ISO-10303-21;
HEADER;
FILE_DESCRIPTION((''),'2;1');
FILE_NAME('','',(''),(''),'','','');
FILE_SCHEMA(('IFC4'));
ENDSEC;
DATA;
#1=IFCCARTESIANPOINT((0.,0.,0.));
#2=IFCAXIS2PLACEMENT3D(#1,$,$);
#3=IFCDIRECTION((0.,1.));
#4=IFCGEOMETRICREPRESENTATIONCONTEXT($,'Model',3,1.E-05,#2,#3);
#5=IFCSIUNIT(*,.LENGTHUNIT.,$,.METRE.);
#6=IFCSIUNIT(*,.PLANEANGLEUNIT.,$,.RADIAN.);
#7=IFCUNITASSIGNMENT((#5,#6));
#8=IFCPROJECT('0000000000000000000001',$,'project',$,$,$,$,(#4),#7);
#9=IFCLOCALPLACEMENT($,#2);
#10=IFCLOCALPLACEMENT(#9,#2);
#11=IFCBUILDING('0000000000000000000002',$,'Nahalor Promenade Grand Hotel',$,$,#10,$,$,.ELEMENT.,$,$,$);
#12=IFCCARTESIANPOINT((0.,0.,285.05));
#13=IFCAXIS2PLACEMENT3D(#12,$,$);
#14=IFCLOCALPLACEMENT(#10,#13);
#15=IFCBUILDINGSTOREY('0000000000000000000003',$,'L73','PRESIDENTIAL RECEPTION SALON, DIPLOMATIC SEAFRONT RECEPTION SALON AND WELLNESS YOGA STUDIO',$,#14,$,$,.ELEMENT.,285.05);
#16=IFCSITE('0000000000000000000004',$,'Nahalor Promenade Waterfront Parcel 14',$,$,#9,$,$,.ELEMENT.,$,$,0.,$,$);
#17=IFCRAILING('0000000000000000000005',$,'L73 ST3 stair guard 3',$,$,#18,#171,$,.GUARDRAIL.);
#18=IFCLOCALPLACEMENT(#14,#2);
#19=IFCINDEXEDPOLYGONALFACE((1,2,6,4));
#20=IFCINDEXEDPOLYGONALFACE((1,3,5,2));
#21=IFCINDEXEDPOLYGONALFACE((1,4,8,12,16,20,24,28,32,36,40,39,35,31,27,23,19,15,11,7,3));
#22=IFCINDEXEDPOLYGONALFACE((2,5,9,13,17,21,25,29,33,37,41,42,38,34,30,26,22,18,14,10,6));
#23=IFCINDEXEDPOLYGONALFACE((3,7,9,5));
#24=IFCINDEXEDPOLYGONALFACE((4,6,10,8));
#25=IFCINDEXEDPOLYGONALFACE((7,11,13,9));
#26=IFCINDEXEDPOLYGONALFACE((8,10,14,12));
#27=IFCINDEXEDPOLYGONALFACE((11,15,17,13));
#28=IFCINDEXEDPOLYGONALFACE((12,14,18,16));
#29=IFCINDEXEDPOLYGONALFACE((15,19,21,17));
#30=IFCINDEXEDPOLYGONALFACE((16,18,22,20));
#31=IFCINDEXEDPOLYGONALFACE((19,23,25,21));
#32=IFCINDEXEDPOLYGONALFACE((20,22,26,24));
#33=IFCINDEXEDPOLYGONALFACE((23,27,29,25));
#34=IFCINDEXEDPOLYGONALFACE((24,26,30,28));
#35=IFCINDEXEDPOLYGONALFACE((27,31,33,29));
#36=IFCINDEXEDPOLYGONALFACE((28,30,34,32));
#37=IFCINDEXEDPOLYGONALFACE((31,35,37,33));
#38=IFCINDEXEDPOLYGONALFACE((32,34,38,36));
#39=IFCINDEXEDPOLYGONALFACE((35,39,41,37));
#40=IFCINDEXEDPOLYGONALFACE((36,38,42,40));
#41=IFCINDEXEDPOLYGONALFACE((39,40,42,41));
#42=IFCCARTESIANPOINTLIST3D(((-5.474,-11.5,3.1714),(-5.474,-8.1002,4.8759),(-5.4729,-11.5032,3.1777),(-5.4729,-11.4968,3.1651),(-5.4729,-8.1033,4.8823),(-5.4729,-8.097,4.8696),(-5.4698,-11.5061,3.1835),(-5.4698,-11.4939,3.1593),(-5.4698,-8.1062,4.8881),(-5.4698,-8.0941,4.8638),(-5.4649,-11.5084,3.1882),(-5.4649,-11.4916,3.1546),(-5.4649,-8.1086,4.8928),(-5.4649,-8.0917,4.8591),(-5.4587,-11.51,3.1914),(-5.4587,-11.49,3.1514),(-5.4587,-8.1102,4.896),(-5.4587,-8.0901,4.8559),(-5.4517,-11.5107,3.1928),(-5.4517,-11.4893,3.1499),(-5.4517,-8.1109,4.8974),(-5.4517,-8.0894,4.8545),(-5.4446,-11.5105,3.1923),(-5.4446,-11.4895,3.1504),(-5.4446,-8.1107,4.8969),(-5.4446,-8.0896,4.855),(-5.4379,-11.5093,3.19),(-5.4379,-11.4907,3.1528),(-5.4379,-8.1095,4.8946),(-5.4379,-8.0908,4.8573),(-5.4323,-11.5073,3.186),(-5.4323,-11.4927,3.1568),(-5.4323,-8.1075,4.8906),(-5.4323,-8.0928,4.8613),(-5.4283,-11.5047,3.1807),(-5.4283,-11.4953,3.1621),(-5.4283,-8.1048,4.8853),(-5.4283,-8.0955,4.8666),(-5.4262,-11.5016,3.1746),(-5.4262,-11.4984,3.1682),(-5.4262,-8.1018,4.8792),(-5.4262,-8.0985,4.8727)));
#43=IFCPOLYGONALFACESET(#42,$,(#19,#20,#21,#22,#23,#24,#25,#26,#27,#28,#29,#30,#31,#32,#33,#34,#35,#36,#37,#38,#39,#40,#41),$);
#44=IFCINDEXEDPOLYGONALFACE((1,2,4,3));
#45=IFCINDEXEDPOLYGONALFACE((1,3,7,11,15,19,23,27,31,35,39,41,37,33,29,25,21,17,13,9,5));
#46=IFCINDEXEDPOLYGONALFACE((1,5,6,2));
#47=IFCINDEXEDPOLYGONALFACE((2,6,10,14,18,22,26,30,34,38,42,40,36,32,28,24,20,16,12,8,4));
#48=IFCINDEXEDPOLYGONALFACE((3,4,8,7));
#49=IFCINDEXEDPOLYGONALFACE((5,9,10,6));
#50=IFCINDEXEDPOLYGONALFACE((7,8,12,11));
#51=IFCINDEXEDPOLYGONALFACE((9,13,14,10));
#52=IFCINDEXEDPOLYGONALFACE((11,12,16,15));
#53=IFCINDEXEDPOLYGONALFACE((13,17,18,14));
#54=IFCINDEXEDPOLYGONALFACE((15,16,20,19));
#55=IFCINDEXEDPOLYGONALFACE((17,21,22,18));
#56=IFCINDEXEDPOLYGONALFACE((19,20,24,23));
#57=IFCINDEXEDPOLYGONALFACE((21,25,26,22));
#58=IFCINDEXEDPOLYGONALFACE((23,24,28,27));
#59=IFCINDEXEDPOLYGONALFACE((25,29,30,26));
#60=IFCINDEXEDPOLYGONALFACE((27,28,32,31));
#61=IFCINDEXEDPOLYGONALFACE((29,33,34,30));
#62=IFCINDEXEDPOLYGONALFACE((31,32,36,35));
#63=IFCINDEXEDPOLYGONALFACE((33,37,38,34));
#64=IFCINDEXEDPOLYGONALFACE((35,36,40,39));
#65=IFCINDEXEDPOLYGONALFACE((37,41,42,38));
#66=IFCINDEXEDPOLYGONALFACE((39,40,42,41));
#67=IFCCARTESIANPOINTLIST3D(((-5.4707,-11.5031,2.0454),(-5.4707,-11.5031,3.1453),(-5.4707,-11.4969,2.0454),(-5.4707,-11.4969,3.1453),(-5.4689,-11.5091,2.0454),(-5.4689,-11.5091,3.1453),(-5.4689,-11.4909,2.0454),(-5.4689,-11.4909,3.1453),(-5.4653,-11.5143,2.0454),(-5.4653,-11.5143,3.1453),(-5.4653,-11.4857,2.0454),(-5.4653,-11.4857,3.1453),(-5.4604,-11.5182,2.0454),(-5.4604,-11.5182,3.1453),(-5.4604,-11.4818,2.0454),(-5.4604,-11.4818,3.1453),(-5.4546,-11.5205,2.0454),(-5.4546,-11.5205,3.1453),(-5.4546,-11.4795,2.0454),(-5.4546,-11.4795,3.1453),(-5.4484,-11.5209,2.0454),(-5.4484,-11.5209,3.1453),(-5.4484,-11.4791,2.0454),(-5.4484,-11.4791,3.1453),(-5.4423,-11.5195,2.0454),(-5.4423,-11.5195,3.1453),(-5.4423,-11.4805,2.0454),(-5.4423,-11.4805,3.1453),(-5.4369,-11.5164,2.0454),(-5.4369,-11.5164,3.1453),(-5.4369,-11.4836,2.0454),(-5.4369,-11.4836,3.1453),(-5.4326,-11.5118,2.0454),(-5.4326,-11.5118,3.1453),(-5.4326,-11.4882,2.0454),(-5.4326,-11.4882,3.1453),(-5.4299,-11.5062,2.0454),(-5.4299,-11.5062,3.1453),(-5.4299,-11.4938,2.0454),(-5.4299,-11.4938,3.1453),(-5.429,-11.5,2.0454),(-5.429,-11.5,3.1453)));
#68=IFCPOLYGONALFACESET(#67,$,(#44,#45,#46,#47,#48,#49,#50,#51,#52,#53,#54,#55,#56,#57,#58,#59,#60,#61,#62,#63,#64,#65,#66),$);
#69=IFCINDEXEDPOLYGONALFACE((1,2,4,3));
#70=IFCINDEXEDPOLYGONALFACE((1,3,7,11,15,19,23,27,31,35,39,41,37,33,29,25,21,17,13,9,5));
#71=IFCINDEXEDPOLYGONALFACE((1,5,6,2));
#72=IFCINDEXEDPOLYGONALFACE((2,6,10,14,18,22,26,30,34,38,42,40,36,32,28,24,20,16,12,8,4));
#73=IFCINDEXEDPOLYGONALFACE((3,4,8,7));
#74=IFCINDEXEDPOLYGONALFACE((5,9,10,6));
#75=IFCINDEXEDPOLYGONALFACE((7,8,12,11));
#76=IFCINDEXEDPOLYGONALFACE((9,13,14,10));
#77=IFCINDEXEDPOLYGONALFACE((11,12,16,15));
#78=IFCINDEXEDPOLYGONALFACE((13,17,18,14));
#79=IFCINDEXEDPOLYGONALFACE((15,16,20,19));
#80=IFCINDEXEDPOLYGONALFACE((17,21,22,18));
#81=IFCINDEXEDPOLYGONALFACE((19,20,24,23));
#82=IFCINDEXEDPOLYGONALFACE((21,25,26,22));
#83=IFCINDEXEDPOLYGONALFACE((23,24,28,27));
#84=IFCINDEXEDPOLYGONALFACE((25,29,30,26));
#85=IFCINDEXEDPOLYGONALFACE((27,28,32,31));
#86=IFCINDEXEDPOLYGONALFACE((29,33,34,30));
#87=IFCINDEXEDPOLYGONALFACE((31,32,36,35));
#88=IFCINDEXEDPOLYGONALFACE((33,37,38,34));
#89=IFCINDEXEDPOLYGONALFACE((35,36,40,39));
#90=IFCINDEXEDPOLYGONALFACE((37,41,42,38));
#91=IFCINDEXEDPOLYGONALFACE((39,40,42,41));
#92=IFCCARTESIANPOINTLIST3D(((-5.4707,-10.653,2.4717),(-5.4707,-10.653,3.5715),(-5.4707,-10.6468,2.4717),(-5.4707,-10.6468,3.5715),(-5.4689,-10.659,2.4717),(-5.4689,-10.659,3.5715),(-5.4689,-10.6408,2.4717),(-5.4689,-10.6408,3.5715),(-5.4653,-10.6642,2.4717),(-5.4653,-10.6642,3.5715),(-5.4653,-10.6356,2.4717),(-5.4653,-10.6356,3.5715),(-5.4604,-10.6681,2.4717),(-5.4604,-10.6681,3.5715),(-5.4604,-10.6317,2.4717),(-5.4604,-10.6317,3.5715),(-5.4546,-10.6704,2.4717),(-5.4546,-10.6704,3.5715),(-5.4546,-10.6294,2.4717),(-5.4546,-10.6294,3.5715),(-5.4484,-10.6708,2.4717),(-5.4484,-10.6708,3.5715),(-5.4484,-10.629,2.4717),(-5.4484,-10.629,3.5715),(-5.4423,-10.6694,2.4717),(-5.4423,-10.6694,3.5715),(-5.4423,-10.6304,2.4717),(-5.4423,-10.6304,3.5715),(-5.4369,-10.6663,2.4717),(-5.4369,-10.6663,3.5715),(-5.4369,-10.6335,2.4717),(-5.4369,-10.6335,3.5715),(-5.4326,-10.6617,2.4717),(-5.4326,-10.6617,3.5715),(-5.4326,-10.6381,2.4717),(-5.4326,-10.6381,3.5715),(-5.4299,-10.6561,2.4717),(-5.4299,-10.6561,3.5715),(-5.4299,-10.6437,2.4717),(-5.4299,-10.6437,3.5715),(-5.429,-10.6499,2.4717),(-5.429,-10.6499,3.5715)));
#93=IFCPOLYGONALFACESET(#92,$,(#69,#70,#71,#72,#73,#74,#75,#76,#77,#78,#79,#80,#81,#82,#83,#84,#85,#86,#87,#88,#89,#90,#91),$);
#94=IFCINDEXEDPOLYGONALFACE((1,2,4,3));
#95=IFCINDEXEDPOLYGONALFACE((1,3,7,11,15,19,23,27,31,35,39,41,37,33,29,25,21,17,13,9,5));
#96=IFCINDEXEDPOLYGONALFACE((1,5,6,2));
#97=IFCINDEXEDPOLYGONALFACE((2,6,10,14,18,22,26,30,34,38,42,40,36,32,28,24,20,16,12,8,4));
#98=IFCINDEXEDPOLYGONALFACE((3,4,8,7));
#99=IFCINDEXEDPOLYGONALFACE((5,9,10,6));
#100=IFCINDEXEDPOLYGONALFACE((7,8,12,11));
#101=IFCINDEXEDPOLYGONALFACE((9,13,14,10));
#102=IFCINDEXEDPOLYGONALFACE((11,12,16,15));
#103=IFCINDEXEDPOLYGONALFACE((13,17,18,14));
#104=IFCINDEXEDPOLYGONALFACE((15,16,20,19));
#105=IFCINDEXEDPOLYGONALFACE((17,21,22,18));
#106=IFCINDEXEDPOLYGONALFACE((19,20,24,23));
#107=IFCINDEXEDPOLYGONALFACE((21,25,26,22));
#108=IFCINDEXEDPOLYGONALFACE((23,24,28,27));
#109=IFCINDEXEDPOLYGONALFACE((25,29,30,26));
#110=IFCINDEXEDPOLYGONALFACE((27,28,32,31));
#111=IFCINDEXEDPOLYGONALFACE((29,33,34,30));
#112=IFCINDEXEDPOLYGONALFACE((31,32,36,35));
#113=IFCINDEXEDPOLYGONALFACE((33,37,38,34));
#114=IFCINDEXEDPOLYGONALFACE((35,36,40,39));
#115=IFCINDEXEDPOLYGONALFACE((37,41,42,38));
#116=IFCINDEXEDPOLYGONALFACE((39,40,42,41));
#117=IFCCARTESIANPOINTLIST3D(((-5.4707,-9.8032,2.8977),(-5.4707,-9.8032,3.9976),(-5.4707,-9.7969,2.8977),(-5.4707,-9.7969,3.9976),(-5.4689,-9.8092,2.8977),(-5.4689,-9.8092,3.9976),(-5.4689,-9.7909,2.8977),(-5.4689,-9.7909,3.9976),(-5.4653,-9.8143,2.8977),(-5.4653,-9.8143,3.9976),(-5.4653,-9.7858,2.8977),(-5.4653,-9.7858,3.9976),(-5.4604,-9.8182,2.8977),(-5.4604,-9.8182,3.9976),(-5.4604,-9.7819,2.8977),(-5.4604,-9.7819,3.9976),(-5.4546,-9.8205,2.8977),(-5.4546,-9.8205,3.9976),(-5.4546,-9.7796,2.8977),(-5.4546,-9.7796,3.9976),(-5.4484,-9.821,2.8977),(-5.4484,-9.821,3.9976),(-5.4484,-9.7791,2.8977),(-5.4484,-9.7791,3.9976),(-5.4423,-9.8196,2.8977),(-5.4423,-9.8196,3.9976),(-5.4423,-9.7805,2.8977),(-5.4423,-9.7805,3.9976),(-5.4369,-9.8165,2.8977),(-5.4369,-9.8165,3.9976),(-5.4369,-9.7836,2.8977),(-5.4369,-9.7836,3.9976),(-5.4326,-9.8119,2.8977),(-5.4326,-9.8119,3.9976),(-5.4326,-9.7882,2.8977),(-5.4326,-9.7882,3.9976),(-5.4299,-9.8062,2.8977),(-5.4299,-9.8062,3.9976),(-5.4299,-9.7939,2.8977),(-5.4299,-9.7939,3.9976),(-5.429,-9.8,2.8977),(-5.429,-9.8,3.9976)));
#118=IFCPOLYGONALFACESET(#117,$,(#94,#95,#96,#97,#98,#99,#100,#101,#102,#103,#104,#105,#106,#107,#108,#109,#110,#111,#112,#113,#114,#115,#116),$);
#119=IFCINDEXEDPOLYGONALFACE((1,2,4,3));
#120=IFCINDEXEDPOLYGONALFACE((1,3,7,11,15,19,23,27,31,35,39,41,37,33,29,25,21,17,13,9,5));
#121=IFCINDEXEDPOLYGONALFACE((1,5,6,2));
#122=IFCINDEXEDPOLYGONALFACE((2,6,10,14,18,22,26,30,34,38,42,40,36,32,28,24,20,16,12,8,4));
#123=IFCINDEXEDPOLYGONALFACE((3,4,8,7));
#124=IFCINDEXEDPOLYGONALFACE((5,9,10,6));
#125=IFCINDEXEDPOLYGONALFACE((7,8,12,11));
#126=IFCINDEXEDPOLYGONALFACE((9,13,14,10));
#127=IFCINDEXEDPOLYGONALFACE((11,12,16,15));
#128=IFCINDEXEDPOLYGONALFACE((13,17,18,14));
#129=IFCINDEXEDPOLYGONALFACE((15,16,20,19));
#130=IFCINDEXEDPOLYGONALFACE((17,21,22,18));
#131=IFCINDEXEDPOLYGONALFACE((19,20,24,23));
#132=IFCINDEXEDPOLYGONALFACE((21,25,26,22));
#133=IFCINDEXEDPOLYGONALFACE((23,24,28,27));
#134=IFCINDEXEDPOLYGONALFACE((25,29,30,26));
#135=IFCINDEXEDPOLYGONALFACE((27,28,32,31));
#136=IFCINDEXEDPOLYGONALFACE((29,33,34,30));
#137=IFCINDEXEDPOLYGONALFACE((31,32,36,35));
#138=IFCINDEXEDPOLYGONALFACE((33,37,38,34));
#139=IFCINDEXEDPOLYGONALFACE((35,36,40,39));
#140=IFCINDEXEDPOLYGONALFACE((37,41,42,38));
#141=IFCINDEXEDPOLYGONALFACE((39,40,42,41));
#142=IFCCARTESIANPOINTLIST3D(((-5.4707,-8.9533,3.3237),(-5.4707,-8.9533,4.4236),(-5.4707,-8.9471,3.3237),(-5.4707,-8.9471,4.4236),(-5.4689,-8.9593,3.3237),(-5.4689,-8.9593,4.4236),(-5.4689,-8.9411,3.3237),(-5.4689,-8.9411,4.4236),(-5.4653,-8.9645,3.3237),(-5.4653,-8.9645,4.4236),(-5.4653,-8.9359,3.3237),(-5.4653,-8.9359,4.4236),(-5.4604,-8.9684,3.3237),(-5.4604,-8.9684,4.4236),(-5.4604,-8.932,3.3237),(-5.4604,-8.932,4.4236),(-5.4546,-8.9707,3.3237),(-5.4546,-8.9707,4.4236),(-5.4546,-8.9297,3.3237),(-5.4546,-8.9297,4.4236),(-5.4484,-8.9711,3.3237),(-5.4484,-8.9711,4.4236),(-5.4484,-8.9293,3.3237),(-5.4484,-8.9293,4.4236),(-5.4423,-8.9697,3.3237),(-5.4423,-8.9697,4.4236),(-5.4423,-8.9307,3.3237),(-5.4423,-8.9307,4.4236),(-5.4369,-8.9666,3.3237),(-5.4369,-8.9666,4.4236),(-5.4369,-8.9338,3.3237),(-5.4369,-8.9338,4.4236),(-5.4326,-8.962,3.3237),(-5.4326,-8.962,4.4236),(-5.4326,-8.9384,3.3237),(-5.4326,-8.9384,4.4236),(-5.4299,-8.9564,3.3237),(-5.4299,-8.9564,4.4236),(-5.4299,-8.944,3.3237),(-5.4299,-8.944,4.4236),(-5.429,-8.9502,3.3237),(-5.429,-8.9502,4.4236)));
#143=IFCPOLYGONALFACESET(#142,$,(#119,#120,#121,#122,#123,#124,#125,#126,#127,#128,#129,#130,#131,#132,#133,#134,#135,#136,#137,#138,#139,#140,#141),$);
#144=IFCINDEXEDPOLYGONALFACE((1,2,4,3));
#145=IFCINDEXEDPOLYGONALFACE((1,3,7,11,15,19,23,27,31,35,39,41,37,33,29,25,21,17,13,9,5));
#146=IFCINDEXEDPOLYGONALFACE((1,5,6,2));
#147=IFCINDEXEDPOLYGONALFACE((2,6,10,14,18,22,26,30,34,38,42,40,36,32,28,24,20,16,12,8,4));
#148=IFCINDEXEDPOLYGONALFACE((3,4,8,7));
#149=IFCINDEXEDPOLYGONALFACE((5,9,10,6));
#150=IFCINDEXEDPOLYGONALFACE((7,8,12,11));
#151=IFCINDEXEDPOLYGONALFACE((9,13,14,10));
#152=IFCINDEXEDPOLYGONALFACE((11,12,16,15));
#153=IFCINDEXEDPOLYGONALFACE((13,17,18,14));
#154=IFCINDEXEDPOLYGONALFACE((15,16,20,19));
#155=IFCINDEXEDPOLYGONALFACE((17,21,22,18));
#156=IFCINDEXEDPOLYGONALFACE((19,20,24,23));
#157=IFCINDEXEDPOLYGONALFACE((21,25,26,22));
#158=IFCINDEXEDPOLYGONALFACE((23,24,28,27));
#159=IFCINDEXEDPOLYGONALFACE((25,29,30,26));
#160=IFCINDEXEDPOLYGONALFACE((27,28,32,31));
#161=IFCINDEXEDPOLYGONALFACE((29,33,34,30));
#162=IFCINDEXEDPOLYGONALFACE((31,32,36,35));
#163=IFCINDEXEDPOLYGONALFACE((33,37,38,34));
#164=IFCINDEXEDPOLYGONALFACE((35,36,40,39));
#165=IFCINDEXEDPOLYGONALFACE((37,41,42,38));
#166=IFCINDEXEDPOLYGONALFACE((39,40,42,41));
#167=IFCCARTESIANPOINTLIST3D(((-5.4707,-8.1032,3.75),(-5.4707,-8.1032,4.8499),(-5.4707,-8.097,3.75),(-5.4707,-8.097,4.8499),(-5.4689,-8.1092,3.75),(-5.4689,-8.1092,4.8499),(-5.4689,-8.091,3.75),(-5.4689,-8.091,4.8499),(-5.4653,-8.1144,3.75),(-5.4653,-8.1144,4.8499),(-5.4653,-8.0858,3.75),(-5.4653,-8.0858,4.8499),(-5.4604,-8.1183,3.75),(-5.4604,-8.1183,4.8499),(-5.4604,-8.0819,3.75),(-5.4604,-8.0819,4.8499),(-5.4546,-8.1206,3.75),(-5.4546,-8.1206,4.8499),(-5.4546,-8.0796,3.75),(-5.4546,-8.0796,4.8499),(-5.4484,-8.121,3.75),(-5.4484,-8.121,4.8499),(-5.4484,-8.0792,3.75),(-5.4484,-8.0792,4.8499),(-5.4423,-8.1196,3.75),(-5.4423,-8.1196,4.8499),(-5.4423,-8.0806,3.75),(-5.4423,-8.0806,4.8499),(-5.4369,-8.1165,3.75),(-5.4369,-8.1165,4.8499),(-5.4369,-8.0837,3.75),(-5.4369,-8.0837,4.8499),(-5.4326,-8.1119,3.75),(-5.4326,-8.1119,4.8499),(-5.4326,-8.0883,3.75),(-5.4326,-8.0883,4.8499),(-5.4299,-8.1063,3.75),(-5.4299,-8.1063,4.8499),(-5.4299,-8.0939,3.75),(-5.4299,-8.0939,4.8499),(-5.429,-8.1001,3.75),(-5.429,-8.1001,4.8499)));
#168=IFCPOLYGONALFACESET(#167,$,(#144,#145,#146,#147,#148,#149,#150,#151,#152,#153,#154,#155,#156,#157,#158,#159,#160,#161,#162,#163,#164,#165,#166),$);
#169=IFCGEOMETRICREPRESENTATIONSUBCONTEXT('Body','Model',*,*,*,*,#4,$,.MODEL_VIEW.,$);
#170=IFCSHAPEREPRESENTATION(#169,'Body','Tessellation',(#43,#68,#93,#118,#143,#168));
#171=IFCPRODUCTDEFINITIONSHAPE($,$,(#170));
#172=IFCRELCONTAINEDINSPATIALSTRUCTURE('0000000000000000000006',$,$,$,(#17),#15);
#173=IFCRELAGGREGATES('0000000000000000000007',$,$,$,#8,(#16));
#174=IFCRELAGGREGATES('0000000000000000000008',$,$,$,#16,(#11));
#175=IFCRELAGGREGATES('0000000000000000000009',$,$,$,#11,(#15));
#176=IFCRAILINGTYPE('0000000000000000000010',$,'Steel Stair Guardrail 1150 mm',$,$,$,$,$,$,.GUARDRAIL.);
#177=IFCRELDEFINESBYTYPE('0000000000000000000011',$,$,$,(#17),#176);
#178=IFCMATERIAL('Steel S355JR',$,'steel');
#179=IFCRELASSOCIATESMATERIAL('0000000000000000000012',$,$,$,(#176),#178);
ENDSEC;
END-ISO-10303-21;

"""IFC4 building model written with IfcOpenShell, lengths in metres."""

from ifc_helpers import new_model, si_unit, direction, frame, origin, origin_2d, place, context, subcontext, project, spatial, circle, extrude, material, type_object, element, save


model = new_model("IFC4")

# Units and contexts
model_context = context("Model", 3, precision=1e-05, world=origin(), true_north=direction((0.0, 1.0)))
body_context = subcontext(model_context, "Body", "Model", "MODEL_VIEW")
ifc_project = project(units=[si_unit("LENGTHUNIT", "METRE"), si_unit("PLANEANGLEUNIT", "RADIAN")], contexts=[model_context])

# Site, building, storey
site_placement = place(None, origin())
site = spatial("IfcSite", under=ifc_project, at=site_placement, Name="Nahalor Promenade Waterfront Parcel 14", CompositionType="ELEMENT", RefElevation=0.0)
building_placement = place(site_placement, origin())
building = spatial("IfcBuilding", under=site, at=building_placement, Name="Nahalor Promenade Grand Hotel", CompositionType="ELEMENT")
storey_placement = place(building_placement, frame((0.0, 0.0, 285.05)))
storey = spatial("IfcBuildingStorey", under=building, at=storey_placement, Name="L73", Description="PRESIDENTIAL RECEPTION SALON, DIPLOMATIC SEAFRONT RECEPTION SALON AND WELLNESS YOGA STUDIO", CompositionType="ELEMENT", Elevation=285.05)

# Shared definitions
ifc_material_1 = material(Name="Steel S355JR", Category="steel")

# Railing
railing_type_1 = type_object("IfcRailingType", Name="Steel Stair Guardrail 1150 mm", PredefinedType="GUARDRAIL", material=ifc_material_1)
railing_1_placement = place(storey_placement, frame((-5.45, -11.5, 2.0454)))
element("IfcRailing", 1, at=railing_1_placement, inside=storey, type_object=railing_type_1, Name="L73 ST3 stair guard 3", PredefinedType="GUARDRAIL", context=body_context, shape_type="SweptSolid", body=[
    extrude(circle(Radius=0.024, at=origin_2d()), frame((0.0, 0.0, 1.126), z_axis=(0.0, 0.893939, 0.448189), x_axis=(-1.0, 0.0, 0.0)), (0.0, 0.0, 1.0), 3.8032),
    extrude(circle(Radius=0.021, at=origin_2d()), origin(), (0.0, 0.0, 1.0), 1.0999),
    extrude(circle(Radius=0.021, at=origin_2d()), frame((0.0, 0.8501, 0.4263)), (0.0, 0.0, 1.0), 1.0999),
    extrude(circle(Radius=0.021, at=origin_2d()), frame((0.0, 1.7, 0.8523)), (0.0, 0.0, 1.0), 1.0999),
    extrude(circle(Radius=0.021, at=origin_2d()), frame((0.0, 2.5498, 1.2783)), (0.0, 0.0, 1.0), 1.0999),
    extrude(circle(Radius=0.021, at=origin_2d()), frame((0.0, 3.3999, 1.7046)), (0.0, 0.0, 1.0), 1.0999),
])

save(model, "model.ifc")
